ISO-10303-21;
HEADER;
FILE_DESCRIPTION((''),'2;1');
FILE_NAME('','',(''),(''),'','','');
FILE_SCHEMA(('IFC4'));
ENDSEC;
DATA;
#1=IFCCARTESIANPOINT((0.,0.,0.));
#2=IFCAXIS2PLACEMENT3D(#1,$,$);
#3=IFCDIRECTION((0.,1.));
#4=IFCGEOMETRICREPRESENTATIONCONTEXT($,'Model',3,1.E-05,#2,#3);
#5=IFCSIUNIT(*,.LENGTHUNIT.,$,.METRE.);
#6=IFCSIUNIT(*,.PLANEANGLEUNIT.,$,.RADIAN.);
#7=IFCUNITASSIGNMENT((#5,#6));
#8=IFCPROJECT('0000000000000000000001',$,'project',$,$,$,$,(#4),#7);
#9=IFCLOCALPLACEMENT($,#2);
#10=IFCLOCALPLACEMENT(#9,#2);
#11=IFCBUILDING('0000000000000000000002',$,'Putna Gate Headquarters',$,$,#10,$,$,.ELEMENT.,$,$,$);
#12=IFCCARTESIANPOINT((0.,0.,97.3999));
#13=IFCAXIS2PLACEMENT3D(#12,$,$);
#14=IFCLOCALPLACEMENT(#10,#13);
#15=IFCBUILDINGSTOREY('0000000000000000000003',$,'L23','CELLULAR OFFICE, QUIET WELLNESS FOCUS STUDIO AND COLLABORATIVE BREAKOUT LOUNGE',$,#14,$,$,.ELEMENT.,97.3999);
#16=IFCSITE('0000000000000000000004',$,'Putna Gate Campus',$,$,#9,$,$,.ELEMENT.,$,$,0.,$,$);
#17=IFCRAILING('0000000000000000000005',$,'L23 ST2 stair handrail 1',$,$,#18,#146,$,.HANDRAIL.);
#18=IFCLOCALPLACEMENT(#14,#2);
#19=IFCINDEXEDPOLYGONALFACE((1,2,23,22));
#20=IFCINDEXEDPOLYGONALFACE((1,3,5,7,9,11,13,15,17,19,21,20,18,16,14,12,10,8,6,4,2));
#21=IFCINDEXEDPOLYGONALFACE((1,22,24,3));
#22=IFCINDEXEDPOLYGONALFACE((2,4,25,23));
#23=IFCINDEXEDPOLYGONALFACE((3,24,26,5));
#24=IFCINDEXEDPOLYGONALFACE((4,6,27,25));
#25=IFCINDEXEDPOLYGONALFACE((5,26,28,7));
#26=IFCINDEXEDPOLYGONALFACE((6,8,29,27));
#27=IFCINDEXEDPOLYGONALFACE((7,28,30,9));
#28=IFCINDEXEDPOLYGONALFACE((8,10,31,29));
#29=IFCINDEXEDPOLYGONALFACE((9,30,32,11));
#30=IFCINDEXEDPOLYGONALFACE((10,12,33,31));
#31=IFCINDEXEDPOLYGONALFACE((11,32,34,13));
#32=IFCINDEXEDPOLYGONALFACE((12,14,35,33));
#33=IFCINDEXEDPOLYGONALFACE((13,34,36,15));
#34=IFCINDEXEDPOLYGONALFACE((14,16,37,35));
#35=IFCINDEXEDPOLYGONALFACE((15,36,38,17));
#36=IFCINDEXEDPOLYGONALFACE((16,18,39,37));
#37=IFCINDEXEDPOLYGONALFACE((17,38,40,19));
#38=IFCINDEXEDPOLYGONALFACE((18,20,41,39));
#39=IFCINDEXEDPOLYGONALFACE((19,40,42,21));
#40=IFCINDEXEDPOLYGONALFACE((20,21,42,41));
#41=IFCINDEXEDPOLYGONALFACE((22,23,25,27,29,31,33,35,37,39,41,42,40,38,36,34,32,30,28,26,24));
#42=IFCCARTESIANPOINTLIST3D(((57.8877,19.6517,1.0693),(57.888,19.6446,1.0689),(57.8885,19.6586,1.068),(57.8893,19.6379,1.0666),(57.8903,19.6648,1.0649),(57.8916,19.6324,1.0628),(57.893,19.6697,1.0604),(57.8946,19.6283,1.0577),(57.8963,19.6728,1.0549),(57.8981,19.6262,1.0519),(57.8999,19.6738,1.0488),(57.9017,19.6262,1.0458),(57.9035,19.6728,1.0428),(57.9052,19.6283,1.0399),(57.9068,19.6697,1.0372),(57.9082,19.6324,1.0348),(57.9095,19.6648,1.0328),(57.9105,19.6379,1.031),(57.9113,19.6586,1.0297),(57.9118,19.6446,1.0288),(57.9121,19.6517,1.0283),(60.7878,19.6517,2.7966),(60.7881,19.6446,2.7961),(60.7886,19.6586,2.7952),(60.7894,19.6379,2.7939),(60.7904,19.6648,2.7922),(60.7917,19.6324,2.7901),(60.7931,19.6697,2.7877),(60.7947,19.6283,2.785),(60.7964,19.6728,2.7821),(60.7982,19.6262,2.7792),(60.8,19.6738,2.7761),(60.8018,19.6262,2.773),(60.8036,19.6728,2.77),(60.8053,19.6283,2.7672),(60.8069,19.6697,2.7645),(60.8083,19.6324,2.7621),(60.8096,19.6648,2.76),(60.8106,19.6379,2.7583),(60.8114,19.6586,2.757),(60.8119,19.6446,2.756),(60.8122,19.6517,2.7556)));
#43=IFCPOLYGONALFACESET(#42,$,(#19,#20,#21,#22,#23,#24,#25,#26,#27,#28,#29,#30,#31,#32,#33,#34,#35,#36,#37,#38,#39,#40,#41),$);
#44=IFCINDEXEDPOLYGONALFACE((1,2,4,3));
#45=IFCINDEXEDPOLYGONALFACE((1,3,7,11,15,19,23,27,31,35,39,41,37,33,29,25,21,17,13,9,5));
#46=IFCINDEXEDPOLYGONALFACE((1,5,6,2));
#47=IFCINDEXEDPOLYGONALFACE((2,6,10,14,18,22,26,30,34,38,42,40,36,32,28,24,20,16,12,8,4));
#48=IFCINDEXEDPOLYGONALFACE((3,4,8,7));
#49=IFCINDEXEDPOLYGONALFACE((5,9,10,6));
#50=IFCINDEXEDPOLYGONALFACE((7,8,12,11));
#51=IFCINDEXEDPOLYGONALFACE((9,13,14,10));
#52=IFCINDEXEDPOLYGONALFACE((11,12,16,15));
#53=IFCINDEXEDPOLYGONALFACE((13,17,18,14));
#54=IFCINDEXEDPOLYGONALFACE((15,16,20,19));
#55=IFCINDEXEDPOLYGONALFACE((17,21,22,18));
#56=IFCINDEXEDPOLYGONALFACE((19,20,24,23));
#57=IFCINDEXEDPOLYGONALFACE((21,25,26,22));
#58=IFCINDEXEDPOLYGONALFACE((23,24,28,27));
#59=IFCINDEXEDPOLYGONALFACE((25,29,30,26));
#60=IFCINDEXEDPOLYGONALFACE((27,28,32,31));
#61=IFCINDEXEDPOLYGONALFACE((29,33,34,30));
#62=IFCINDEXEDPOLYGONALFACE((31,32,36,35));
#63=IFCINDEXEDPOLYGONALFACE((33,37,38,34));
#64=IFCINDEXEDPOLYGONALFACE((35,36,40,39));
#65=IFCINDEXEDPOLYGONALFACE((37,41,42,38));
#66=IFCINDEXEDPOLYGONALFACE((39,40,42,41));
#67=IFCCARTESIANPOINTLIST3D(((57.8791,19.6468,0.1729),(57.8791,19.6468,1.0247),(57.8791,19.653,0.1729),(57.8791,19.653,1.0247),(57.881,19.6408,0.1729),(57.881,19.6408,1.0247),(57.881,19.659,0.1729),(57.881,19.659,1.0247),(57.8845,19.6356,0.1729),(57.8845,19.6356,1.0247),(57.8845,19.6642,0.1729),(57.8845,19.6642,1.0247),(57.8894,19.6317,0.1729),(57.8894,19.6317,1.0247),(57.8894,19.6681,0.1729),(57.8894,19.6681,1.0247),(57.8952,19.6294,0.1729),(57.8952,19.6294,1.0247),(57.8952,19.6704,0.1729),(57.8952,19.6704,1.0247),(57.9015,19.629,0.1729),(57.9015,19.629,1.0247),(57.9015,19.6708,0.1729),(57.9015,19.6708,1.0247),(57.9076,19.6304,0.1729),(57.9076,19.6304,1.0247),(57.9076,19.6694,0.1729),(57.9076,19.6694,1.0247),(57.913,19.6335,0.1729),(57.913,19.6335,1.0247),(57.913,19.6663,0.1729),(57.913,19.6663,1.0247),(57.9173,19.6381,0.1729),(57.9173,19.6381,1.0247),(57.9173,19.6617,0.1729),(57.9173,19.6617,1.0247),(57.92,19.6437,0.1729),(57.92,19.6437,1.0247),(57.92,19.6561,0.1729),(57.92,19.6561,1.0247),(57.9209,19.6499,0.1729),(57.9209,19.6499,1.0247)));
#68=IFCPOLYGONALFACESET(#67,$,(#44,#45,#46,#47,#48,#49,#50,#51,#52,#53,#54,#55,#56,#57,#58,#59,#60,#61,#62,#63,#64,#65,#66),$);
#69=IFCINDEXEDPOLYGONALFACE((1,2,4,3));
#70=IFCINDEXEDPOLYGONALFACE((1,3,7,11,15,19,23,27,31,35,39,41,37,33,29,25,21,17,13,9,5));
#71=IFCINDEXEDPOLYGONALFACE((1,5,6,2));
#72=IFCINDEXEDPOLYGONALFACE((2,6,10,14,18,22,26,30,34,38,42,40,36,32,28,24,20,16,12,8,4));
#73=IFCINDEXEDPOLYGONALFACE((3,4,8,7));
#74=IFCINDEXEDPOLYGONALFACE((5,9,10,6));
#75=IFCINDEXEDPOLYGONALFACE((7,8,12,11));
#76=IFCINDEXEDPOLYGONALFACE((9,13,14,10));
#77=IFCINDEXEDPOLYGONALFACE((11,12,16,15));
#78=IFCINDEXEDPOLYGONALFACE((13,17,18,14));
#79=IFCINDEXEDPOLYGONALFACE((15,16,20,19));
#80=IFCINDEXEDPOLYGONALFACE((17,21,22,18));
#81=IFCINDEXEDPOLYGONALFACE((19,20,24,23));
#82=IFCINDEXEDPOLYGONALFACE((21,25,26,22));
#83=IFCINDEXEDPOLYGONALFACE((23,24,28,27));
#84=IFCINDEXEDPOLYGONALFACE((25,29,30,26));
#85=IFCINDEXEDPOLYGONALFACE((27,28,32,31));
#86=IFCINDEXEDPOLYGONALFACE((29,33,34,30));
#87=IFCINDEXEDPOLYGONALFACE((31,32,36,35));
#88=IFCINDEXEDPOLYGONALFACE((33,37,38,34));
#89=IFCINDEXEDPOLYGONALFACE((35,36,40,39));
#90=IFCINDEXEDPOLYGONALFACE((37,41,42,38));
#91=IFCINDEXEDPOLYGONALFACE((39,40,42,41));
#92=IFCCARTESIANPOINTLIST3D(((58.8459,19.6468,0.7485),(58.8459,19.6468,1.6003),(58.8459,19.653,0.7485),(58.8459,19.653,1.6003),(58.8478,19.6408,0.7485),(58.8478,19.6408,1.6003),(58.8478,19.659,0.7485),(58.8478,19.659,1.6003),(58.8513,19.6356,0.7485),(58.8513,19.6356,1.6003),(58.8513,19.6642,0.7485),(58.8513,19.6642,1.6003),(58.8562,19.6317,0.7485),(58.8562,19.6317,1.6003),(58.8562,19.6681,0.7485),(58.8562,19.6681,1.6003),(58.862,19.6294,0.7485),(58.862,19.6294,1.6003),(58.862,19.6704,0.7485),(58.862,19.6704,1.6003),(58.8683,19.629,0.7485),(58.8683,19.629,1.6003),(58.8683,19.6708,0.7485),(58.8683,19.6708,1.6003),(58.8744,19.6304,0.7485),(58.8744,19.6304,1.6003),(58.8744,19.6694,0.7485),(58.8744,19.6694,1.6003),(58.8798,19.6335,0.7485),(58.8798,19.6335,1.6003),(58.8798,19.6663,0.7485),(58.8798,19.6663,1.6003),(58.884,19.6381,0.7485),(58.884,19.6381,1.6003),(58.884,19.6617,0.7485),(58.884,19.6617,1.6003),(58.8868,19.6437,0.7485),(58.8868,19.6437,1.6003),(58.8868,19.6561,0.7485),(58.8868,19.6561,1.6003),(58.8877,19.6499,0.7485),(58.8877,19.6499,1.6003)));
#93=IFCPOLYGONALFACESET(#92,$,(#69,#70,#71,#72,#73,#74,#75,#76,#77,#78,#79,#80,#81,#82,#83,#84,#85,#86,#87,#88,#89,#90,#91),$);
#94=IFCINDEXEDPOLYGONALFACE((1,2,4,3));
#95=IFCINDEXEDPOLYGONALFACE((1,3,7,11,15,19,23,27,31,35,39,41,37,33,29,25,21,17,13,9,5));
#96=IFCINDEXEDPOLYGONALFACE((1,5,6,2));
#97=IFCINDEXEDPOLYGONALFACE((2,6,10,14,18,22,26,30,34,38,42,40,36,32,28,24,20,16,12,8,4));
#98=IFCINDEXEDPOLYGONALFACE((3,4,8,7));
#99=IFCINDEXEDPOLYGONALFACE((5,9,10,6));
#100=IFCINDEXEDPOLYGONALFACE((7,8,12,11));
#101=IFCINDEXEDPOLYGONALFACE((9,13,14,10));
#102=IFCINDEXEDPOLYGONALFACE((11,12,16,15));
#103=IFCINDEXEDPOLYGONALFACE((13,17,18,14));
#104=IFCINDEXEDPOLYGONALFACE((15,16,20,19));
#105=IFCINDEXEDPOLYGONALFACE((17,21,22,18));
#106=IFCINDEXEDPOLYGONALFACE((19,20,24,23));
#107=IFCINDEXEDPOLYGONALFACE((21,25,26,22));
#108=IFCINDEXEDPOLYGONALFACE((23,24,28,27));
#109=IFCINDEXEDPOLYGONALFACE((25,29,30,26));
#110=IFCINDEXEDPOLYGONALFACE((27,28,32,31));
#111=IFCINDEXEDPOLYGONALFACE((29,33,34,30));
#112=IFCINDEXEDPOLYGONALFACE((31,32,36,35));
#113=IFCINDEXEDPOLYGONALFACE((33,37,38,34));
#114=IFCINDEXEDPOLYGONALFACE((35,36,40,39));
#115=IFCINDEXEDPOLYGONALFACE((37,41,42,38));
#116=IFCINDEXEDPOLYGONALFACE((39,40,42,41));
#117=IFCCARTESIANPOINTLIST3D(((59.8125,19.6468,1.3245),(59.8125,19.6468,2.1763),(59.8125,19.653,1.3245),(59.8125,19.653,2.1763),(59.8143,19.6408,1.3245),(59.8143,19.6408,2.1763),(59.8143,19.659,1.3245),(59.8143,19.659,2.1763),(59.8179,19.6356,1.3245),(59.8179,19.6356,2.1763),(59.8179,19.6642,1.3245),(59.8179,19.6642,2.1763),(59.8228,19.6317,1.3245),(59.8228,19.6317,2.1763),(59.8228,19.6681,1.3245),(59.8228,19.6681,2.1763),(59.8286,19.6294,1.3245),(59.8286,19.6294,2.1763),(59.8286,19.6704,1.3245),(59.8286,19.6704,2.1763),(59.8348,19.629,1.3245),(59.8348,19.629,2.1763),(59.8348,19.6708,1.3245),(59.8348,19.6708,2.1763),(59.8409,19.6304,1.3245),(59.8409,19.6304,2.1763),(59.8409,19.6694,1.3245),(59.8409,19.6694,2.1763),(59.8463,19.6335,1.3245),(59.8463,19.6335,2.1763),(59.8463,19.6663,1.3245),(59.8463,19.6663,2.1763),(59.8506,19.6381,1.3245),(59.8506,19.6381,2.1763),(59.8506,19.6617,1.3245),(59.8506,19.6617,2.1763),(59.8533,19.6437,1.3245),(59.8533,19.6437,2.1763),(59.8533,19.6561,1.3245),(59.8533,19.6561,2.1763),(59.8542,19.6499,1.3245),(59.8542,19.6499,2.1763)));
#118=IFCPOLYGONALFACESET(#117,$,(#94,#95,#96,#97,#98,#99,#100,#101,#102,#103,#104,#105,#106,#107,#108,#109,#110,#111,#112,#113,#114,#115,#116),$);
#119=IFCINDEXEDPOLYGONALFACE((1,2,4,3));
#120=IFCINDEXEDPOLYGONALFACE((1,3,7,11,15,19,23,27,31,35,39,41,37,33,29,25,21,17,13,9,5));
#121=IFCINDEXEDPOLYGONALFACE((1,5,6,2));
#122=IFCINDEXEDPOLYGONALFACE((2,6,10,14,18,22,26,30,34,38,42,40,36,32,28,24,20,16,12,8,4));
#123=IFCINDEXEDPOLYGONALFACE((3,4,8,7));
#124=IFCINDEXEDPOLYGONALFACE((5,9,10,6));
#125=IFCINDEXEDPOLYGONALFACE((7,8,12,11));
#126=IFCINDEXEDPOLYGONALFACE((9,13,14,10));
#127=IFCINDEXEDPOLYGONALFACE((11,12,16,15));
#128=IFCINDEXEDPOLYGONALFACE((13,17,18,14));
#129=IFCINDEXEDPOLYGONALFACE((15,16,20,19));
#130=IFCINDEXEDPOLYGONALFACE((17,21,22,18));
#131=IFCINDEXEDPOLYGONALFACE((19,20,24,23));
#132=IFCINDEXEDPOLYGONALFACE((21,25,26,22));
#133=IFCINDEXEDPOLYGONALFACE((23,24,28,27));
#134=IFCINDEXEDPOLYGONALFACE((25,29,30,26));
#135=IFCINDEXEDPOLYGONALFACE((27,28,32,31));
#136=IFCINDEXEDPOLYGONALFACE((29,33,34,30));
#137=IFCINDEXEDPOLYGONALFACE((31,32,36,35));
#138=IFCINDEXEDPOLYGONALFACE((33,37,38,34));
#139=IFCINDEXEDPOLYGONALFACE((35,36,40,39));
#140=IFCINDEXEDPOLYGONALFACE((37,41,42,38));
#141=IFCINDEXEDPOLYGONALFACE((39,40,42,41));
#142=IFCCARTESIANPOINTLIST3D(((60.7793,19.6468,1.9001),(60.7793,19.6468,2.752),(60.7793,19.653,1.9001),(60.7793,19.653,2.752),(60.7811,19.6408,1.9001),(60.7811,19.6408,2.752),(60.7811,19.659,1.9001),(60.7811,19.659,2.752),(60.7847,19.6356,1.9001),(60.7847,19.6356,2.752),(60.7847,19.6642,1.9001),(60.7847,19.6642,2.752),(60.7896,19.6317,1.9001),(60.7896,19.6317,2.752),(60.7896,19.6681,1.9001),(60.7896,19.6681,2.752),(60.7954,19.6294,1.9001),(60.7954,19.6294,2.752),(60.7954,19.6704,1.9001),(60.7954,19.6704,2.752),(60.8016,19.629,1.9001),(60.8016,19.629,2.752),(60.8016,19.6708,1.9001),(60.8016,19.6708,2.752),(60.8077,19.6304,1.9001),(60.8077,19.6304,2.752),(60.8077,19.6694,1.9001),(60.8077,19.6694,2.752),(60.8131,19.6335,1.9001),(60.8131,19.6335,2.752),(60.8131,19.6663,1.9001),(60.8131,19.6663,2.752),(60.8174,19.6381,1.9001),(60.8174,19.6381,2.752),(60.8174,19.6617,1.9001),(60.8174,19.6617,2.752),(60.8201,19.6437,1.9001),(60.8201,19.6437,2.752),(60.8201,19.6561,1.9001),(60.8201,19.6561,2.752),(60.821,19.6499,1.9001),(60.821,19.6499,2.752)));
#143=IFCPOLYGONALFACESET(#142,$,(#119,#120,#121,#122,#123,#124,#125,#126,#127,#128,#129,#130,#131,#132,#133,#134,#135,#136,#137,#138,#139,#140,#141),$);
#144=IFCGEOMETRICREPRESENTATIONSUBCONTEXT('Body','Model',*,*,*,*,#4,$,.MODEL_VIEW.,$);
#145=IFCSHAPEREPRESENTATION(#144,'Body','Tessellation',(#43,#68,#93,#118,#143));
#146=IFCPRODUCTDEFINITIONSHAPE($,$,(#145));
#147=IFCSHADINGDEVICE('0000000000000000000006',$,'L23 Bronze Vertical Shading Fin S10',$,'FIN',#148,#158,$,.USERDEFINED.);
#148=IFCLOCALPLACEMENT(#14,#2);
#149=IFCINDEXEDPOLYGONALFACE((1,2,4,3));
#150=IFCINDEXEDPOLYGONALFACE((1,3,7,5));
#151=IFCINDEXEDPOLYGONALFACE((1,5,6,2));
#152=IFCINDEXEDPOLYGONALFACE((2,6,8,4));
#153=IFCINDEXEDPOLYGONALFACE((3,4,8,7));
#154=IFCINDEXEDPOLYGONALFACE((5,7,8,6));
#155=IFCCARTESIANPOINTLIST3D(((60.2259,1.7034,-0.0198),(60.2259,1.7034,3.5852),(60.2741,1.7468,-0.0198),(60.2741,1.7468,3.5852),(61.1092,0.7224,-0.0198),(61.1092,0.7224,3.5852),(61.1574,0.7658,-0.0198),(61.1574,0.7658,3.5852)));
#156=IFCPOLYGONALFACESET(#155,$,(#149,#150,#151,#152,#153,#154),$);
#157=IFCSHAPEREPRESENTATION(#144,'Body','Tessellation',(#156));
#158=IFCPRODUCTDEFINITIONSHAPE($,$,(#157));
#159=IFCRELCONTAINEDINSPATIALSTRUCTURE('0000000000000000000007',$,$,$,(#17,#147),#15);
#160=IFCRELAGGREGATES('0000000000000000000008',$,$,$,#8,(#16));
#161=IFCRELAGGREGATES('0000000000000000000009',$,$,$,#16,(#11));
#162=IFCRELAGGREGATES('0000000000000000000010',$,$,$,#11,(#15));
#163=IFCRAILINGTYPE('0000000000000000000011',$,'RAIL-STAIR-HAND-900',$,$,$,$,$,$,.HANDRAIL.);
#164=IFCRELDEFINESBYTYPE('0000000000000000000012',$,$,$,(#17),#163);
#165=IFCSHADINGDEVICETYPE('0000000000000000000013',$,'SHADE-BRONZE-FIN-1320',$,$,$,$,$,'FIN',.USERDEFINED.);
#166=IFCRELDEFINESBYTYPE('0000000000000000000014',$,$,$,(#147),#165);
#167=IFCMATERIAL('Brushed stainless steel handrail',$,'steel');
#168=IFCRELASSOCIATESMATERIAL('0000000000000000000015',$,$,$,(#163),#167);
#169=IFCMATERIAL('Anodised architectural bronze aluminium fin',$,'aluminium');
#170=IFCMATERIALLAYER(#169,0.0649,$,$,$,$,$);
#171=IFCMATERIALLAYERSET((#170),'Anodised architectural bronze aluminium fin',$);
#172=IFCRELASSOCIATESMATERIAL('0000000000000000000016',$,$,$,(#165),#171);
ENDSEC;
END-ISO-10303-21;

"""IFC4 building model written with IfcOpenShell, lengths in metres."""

from ifc_helpers import new_model, si_unit, direction, frame, origin, origin_2d, place, context, subcontext, project, spatial, rectangle, circle, extrude, material, layer, layer_set, type_object, element, save


model = new_model("IFC4")

# Units and contexts
model_context = context("Model", 3, precision=1e-05, world=origin(), true_north=direction((0.0, 1.0)))
body_context = subcontext(model_context, "Body", "Model", "MODEL_VIEW")
ifc_project = project(units=[si_unit("LENGTHUNIT", "METRE"), si_unit("PLANEANGLEUNIT", "RADIAN")], contexts=[model_context])

# Site, building, storey
site_placement = place(None, origin())
site = spatial("IfcSite", under=ifc_project, at=site_placement, Name="Putna Gate Campus", CompositionType="ELEMENT", RefElevation=0.0)
building_placement = place(site_placement, origin())
building = spatial("IfcBuilding", under=site, at=building_placement, Name="Putna Gate Headquarters", CompositionType="ELEMENT")
storey_placement = place(building_placement, frame((0.0, 0.0, 97.3999)))
storey = spatial("IfcBuildingStorey", under=building, at=storey_placement, Name="L23", Description="CELLULAR OFFICE, QUIET WELLNESS FOCUS STUDIO AND COLLABORATIVE BREAKOUT LOUNGE", CompositionType="ELEMENT", Elevation=97.3999)

# Railing
ifc_material_1 = material(Name="Brushed stainless steel handrail", Category="steel")
railing_type_1 = type_object("IfcRailingType", Name="RAIL-STAIR-HAND-900", PredefinedType="HANDRAIL", material=ifc_material_1)
railing_1_placement = place(storey_placement, frame((57.8999, 19.6499, 0.1729)))
element("IfcRailing", 1, at=railing_1_placement, inside=storey, type_object=railing_type_1, Name="L23 ST2 stair handrail 1", PredefinedType="HANDRAIL", context=body_context, shape_type="SweptSolid", body=[
    extrude(circle(Radius=0.0239, at=origin_2d()), frame((0.0, 0.0, 0.876), z_axis=(0.85916, 0.0, 0.511706), x_axis=(0.0, 1.0, 0.0)), (0.0, 0.0, 1.0), 3.3755),
    extrude(circle(Radius=0.021, at=origin_2d()), origin(), (0.0, 0.0, 1.0), 0.8518),
    extrude(circle(Radius=0.021, at=origin_2d()), frame((0.9668, 0.0, 0.5757)), (0.0, 0.0, 1.0), 0.8518),
    extrude(circle(Radius=0.021, at=origin_2d()), frame((1.9333, 0.0, 1.1516)), (0.0, 0.0, 1.0), 0.8518),
    extrude(circle(Radius=0.021, at=origin_2d()), frame((2.9001, 0.0, 1.7273)), (0.0, 0.0, 1.0), 0.8518),
])

# Shading device
ifc_material_2 = material(Name="Anodised architectural bronze aluminium fin", Category="aluminium")
ifc_layer_1 = layer(ifc_material_2, 0.0649)
ifc_layer_set_1 = layer_set([ifc_layer_1], Name="Anodised architectural bronze aluminium fin")
shading_device_type = type_object("IfcShadingDeviceType", Name="SHADE-BRONZE-FIN-1320", ElementType="FIN", PredefinedType="USERDEFINED", material=ifc_layer_set_1)
shading_device_placement = place(storey_placement, frame((60.6917, 1.2346, -0.0198), z_axis=(0.0, 0.0, 1.0), x_axis=(0.669131, -0.743145, 0.0)))
element("IfcShadingDevice", 2, at=shading_device_placement, inside=storey, type_object=shading_device_type, Name="L23 Bronze Vertical Shading Fin S10", ObjectType="FIN", PredefinedType="USERDEFINED", context=body_context, shape_type="SweptSolid", body=[
    extrude(rectangle(XDim=1.3201, YDim=0.0649, at=origin_2d()), origin(), (0.0, 0.0, 1.0), 3.605),
])

save(model, "model.ifc")
